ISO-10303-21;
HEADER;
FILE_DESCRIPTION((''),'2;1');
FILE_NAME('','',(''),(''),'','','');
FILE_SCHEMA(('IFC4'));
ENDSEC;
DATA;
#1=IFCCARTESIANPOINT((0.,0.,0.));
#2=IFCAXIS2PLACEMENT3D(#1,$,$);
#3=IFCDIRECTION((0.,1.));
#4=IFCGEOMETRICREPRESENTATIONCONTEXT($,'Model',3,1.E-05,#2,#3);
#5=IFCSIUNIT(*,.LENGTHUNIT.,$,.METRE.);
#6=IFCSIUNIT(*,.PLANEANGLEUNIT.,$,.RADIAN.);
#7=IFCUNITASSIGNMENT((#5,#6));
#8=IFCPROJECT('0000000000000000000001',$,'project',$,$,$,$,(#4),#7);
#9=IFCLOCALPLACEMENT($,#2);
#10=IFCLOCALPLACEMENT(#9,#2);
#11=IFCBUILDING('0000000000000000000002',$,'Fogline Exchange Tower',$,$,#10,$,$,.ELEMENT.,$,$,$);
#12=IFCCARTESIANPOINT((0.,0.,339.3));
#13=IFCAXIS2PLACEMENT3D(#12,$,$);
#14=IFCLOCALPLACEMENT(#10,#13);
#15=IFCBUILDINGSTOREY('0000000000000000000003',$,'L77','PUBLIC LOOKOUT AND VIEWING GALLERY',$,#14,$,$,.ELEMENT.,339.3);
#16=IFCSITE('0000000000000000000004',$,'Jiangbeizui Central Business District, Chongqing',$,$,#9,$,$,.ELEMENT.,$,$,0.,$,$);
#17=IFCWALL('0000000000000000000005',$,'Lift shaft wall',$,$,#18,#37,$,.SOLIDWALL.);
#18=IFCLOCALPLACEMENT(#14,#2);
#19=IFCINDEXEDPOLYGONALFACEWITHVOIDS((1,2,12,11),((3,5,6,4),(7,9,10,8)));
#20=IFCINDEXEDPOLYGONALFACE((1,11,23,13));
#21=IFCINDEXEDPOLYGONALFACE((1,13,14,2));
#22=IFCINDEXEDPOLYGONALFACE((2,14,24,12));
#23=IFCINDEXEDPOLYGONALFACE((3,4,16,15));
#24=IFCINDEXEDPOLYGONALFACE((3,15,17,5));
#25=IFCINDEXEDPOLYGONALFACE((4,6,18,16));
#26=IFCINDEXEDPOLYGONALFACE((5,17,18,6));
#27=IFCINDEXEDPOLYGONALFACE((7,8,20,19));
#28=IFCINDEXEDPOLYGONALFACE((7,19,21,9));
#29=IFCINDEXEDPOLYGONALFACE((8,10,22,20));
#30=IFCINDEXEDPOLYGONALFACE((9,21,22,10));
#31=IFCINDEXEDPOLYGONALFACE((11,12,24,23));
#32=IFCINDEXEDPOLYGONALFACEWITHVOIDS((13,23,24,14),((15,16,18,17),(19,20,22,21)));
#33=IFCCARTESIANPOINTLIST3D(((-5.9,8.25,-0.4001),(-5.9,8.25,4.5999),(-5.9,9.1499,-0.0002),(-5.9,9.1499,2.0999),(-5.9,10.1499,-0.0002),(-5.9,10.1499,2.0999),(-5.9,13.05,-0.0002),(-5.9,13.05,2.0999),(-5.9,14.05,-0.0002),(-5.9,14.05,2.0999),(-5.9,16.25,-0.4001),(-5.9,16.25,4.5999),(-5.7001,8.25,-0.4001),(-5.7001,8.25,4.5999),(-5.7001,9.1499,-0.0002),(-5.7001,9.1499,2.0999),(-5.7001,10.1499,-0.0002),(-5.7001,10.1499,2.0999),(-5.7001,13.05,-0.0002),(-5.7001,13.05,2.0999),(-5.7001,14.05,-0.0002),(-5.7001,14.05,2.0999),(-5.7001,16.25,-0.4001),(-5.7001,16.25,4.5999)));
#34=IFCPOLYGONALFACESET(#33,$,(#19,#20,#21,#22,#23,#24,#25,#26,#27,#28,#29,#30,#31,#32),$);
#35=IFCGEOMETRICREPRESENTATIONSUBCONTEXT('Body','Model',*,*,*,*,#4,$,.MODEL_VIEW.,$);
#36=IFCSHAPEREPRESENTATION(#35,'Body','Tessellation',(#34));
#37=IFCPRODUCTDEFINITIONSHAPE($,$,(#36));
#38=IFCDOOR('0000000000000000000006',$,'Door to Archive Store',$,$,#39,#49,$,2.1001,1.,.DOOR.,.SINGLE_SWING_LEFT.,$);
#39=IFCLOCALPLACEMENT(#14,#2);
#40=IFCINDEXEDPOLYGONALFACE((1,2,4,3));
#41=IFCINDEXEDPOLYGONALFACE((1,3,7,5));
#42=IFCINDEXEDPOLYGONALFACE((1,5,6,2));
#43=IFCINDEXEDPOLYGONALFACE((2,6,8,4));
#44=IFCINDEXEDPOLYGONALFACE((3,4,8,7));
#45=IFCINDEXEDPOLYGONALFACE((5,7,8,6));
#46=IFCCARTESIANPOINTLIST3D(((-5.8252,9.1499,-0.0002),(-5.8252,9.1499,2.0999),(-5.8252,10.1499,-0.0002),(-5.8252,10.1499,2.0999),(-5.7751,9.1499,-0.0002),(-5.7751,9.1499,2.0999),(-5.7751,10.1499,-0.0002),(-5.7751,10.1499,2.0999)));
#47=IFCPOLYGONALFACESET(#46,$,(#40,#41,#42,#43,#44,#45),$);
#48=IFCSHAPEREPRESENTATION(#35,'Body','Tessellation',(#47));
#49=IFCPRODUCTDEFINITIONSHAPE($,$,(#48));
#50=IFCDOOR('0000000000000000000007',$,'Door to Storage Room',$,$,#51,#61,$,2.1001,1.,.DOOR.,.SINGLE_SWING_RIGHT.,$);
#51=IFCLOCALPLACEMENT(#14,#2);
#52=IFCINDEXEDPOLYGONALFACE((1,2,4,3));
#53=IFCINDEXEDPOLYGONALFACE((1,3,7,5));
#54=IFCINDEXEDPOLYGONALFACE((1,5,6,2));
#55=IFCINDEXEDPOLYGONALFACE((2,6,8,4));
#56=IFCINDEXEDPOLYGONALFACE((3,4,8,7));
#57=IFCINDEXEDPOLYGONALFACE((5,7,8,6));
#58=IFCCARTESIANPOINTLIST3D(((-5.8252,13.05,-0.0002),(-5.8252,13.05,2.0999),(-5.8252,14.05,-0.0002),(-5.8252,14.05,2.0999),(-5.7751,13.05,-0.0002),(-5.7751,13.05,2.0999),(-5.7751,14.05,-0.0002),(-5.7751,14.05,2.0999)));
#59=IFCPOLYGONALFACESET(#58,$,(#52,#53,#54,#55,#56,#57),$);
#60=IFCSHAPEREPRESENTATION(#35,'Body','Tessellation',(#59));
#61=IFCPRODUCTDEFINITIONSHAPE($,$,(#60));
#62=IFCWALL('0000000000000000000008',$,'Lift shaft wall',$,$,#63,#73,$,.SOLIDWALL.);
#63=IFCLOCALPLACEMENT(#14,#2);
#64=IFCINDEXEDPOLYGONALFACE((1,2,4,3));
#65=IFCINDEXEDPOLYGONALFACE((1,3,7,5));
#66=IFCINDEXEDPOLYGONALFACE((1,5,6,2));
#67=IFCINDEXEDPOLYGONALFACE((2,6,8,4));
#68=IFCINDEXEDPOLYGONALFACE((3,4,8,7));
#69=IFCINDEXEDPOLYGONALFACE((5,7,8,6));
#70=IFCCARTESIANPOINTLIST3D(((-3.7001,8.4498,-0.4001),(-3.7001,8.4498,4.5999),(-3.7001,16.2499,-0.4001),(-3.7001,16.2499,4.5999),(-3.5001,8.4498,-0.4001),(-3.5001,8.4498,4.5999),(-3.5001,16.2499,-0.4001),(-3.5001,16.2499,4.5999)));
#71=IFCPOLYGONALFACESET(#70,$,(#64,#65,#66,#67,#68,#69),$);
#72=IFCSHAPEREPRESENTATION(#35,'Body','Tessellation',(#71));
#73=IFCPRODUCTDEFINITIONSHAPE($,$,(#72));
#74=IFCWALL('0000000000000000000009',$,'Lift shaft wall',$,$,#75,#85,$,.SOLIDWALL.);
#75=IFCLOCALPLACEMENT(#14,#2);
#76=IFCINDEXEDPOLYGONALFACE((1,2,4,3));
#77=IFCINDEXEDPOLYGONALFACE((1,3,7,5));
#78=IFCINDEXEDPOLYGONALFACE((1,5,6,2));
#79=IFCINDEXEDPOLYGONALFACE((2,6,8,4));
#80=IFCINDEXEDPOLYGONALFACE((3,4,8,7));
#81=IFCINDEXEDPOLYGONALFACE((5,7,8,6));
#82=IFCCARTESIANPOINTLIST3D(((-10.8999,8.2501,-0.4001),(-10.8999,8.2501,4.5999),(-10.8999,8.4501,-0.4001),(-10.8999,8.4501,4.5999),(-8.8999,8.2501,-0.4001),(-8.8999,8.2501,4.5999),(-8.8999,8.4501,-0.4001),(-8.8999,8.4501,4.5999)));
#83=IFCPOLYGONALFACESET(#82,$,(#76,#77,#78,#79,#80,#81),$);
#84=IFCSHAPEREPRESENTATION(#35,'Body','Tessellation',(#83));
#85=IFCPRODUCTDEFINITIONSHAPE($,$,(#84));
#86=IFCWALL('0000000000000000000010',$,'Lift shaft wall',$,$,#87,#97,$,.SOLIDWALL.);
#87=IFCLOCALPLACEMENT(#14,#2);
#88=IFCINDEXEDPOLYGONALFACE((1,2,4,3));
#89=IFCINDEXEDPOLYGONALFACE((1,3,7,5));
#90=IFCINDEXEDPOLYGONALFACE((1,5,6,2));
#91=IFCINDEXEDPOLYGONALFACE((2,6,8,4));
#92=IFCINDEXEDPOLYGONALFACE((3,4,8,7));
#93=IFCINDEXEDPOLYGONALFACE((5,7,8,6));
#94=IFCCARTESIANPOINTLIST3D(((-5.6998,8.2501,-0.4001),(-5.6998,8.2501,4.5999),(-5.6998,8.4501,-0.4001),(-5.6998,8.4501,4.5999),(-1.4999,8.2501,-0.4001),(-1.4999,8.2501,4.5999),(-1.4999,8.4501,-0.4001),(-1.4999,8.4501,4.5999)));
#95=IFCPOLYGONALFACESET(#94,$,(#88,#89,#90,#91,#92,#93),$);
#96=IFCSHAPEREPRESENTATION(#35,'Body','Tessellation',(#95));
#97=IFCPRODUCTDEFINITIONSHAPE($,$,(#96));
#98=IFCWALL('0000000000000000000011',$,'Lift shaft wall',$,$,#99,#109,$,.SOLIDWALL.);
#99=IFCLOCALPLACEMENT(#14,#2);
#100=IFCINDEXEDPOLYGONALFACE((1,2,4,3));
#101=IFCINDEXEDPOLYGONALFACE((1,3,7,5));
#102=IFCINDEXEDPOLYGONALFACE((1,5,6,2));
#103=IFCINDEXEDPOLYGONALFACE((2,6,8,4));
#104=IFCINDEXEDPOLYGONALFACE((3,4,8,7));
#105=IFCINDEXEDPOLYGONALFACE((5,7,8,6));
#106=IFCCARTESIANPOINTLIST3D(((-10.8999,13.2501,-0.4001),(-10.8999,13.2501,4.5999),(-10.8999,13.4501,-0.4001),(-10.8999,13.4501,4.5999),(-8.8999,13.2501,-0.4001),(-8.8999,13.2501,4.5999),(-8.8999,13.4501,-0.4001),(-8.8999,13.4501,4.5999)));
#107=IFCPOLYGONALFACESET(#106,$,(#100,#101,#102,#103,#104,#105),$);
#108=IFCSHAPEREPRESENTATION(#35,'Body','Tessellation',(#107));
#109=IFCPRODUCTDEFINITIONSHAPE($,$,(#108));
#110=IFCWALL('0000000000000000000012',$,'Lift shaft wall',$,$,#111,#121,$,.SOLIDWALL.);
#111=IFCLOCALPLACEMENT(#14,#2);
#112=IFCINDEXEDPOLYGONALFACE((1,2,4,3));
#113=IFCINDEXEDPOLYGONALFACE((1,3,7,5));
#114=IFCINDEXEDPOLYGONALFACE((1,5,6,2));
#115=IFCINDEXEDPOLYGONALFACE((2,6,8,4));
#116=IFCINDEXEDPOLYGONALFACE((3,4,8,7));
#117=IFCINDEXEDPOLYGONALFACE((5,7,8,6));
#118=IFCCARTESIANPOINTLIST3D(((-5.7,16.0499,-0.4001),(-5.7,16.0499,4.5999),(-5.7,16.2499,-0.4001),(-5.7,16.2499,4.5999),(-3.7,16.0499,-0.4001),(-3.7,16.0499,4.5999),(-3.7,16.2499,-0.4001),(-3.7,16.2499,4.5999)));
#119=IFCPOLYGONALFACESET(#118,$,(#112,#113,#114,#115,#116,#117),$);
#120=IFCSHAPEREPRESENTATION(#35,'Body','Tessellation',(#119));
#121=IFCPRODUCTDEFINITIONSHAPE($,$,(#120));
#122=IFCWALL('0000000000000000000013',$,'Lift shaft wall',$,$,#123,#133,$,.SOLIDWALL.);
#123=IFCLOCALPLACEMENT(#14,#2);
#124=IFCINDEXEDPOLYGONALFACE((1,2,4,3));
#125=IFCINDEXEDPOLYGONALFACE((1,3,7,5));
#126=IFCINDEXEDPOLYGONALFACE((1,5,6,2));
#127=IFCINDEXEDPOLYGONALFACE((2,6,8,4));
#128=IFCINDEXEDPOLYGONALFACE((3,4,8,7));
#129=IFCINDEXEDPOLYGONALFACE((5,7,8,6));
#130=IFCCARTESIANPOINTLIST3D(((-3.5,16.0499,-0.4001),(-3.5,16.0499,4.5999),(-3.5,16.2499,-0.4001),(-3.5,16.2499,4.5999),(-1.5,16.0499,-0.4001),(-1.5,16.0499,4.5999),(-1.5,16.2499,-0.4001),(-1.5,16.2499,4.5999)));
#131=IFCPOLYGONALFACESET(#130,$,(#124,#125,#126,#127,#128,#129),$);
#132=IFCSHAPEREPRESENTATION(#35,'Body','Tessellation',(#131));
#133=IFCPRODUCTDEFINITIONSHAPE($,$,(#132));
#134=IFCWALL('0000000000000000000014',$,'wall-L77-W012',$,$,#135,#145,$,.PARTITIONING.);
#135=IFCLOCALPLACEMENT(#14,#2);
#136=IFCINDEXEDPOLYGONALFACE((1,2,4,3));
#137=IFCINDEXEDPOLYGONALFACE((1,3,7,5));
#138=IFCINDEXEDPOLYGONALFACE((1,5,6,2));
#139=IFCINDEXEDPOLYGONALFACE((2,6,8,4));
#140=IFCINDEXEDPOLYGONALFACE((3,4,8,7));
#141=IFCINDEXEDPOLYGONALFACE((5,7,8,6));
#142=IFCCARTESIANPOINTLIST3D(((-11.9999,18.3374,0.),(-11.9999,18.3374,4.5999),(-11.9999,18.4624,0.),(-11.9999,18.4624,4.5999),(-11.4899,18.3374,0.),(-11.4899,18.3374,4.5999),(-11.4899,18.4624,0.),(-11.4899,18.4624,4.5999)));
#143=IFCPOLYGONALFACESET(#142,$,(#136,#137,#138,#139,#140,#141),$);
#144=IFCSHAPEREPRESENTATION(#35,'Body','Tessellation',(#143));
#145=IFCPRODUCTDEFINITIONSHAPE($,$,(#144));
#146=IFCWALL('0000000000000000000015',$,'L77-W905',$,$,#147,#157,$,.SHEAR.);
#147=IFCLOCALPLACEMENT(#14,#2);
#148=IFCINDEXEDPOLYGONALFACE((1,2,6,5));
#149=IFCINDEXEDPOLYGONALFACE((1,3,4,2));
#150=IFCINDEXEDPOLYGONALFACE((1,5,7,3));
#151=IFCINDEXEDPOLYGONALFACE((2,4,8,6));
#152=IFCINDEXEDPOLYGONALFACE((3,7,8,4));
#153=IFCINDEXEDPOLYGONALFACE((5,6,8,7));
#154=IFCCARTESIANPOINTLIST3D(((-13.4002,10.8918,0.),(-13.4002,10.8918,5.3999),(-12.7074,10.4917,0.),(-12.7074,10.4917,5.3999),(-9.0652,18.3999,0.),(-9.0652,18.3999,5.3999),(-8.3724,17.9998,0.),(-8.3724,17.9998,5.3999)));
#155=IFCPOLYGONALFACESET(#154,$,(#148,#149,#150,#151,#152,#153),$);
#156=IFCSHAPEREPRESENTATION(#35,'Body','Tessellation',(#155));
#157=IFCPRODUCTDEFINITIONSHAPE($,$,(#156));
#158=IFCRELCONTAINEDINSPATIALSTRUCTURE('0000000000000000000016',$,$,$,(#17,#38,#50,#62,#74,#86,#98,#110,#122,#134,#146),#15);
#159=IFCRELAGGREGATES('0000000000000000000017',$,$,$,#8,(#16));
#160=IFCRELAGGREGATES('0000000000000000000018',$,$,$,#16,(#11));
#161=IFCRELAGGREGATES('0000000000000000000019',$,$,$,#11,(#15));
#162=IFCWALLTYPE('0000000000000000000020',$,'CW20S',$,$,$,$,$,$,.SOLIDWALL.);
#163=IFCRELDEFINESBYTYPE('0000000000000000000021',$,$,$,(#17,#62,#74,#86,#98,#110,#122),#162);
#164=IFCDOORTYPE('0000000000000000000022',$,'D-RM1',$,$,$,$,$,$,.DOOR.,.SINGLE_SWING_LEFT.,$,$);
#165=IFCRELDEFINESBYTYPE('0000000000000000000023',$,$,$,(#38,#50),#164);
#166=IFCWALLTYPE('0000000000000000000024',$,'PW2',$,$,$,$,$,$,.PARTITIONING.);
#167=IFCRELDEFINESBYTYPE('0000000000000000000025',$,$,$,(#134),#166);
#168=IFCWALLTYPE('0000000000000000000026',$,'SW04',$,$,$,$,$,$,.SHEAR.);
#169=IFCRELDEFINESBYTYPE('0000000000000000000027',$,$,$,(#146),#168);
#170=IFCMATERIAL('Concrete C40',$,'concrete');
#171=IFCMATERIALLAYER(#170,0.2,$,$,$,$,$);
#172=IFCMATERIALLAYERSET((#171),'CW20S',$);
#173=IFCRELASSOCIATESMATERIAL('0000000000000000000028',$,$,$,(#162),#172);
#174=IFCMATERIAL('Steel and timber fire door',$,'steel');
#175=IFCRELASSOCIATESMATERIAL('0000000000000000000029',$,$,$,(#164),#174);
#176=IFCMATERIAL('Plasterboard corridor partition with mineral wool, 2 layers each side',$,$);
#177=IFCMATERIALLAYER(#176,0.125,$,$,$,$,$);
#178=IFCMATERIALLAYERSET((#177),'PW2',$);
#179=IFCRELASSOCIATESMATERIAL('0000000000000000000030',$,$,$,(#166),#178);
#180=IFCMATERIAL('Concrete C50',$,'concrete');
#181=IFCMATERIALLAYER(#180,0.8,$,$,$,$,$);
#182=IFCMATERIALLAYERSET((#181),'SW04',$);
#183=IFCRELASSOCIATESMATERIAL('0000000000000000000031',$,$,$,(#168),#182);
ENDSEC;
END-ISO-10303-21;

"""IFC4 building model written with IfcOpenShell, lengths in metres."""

from ifc_helpers import new_model, si_unit, direction, frame, frame_2d, origin, place, context, subcontext, project, spatial, rectangle, extrude, material, layer, layer_set, type_object, element, fill, save


model = new_model("IFC4")

# Units and contexts
model_context = context("Model", 3, precision=1e-05, world=origin(), true_north=direction((0.0, 1.0)))
body_context = subcontext(model_context, "Body", "Model", "MODEL_VIEW")
ifc_project = project(units=[si_unit("LENGTHUNIT", "METRE"), si_unit("PLANEANGLEUNIT", "RADIAN")], contexts=[model_context])

# Site, building, storey
site_placement = place(None, origin())
site = spatial("IfcSite", under=ifc_project, at=site_placement, Name="Jiangbeizui Central Business District, Chongqing", CompositionType="ELEMENT", RefElevation=0.0)
building_placement = place(site_placement, origin())
building = spatial("IfcBuilding", under=site, at=building_placement, Name="Fogline Exchange Tower", CompositionType="ELEMENT")
storey_placement = place(building_placement, frame((0.0, 0.0, 339.3)))
storey = spatial("IfcBuildingStorey", under=building, at=storey_placement, Name="L77", Description="PUBLIC LOOKOUT AND VIEWING GALLERY", CompositionType="ELEMENT", Elevation=339.3)

# Shared definitions
ifc_material_1 = material(Name="Concrete C40", Category="concrete")

# Shared definitions
ifc_material_2 = material(Name="Steel and timber fire door", Category="steel")

# Wall, openings, doors
ifc_layer_1 = layer(ifc_material_1, 0.2)
ifc_layer_set_1 = layer_set([ifc_layer_1], Name="CW20S")
wall_type_1 = type_object("IfcWallType", Name="CW20S", PredefinedType="SOLIDWALL", material=ifc_layer_set_1)
door_type_1 = type_object("IfcDoorType", Name="D-RM1", OperationType="SINGLE_SWING_LEFT", PredefinedType="DOOR", material=ifc_material_2)
wall_1_placement = place(storey_placement, frame((-5.8, 8.25, -0.4001), z_axis=(0.0, 0.0, 1.0), x_axis=(0.0, 1.0, 0.0)))
wall_1 = element("IfcWall", 1, at=wall_1_placement, inside=storey, type_object=wall_type_1, Name="Lift shaft wall", PredefinedType="SOLIDWALL", context=body_context, shape_type="SweptSolid", body=[
    extrude(rectangle(XDim=8.0, YDim=0.2, at=frame_2d((4.0, 0.0))), origin(), (0.0, 0.0, 1.0), 5.0),
])
opening_1_placement = place(wall_1_placement, frame((0.8999, 0.0, 0.3999)))
opening_1 = element("IfcOpeningElement", 2, at=opening_1_placement, cuts=wall_1, PredefinedType="OPENING", context=body_context, shape_type="SweptSolid", body=[
    extrude(rectangle(XDim=1.0, YDim=2.1001, at=frame_2d((0.5, 1.05))), frame((0.0, 0.1099, 0.0), z_axis=(0.0, -1.0, 0.0), x_axis=(1.0, 0.0, 0.0)), (0.0, 0.0, 1.0), 0.22),
])
opening_2_placement = place(wall_1_placement, frame((4.8, 0.0, 0.3999)))
opening_2 = element("IfcOpeningElement", 3, at=opening_2_placement, cuts=wall_1, PredefinedType="OPENING", context=body_context, shape_type="SweptSolid", body=[
    extrude(rectangle(XDim=1.0, YDim=2.1001, at=frame_2d((0.5, 1.05))), frame((0.0, 0.1099, 0.0), z_axis=(0.0, -1.0, 0.0), x_axis=(1.0, 0.0, 0.0)), (0.0, 0.0, 1.0), 0.22),
])
door_1_placement = place(opening_1_placement, frame((1.0, 0.0, 0.0), z_axis=(0.0, 0.0, 1.0), x_axis=(-1.0, 0.0, 0.0)))
door_1 = element("IfcDoor", 4, at=door_1_placement, inside=storey, type_object=door_type_1, Name="Door to Archive Store", OperationType="SINGLE_SWING_LEFT", OverallHeight=2.1001, OverallWidth=1.0, PredefinedType="DOOR", context=body_context, shape_type="SweptSolid", body=[
    extrude(rectangle(XDim=1.0, YDim=2.1001, at=frame_2d((0.5, 1.05))), frame((0.0, 0.0249, 0.0), z_axis=(0.0, -1.0, 0.0), x_axis=(1.0, 0.0, 0.0)), (0.0, 0.0, 1.0), 0.05),
])
fill(opening_1, door_1)
door_2_placement = place(opening_2_placement, frame((1.0, 0.0, 0.0), z_axis=(0.0, 0.0, 1.0), x_axis=(-1.0, 0.0, 0.0)))
door_2 = element("IfcDoor", 5, at=door_2_placement, inside=storey, type_object=door_type_1, Name="Door to Storage Room", OperationType="SINGLE_SWING_RIGHT", OverallHeight=2.1001, OverallWidth=1.0, PredefinedType="DOOR", context=body_context, shape_type="SweptSolid", body=[
    extrude(rectangle(XDim=1.0, YDim=2.1001, at=frame_2d((0.5, 1.05))), frame((0.0, 0.0249, 0.0), z_axis=(0.0, -1.0, 0.0), x_axis=(1.0, 0.0, 0.0)), (0.0, 0.0, 1.0), 0.05),
])
fill(opening_2, door_2)

# Walls
wall_2_placement = place(storey_placement, frame((-3.6001, 8.45, -0.4001), z_axis=(0.0, 0.0, 1.0), x_axis=(0.0, 1.0, 0.0)))
element("IfcWall", 6, at=wall_2_placement, inside=storey, type_object=wall_type_1, Name="Lift shaft wall", PredefinedType="SOLIDWALL", context=body_context, shape_type="SweptSolid", body=[
    extrude(rectangle(XDim=7.8, YDim=0.2, at=frame_2d((3.8999, 0.0))), origin(), (0.0, 0.0, 1.0), 5.0),
])
wall_3_placement = place(storey_placement, frame((-10.8999, 8.3501, -0.4001), z_axis=(0.0, 0.0, 1.0), x_axis=(1.0, 0.0, 0.0)))
element("IfcWall", 7, at=wall_3_placement, inside=storey, type_object=wall_type_1, Name="Lift shaft wall", PredefinedType="SOLIDWALL", context=body_context, shape_type="SweptSolid", body=[
    extrude(rectangle(XDim=2.0, YDim=0.2, at=frame_2d((1.0, 0.0))), origin(), (0.0, 0.0, 1.0), 5.0),
])
wall_4_placement = place(storey_placement, frame((-5.7, 8.3501, -0.4001), z_axis=(0.0, 0.0, 1.0), x_axis=(1.0, 0.0, 0.0)))
element("IfcWall", 8, at=wall_4_placement, inside=storey, type_object=wall_type_1, Name="Lift shaft wall", PredefinedType="SOLIDWALL", context=body_context, shape_type="SweptSolid", body=[
    extrude(rectangle(XDim=4.2, YDim=0.2, at=frame_2d((2.1001, 0.0))), origin(), (0.0, 0.0, 1.0), 5.0),
])
for number, where, z_axis, x_axis, name in (
    (9, (-10.8999, 13.3501, -0.4001), (0.0, 0.0, 1.0), (1.0, 0.0, 0.0), "Lift shaft wall"),
    (10, (-5.7, 16.1499, -0.4001), (0.0, 0.0, 1.0), (1.0, 0.0, 0.0), "Lift shaft wall"),
    (11, (-3.5, 16.1499, -0.4001), (0.0, 0.0, 1.0), (1.0, 0.0, 0.0), "Lift shaft wall"),
):
    element("IfcWall", number, at=place(storey_placement, frame(where, z_axis=z_axis, x_axis=x_axis)), inside=storey, type_object=wall_type_1, Name=name, PredefinedType="SOLIDWALL", context=body_context, shape_type="SweptSolid", body=[
        extrude(rectangle(XDim=2.0, YDim=0.2, at=frame_2d((1.0, 0.0))), origin(), (0.0, 0.0, 1.0), 5.0),
    ])
ifc_material_3 = material(Name="Plasterboard corridor partition with mineral wool, 2 layers each side")
ifc_layer_2 = layer(ifc_material_3, 0.125)
ifc_layer_set_2 = layer_set([ifc_layer_2], Name="PW2")
wall_type_2 = type_object("IfcWallType", Name="PW2", PredefinedType="PARTITIONING", material=ifc_layer_set_2)
wall_5_placement = place(storey_placement, frame((-11.49, 18.3999, 0.0), z_axis=(0.0, 0.0, 1.0), x_axis=(-1.0, 0.0, 0.0)))
element("IfcWall", 12, at=wall_5_placement, inside=storey, type_object=wall_type_2, Name="wall-L77-W012", PredefinedType="PARTITIONING", context=body_context, shape_type="SweptSolid", body=[
    extrude(rectangle(XDim=0.51, YDim=0.125, at=frame_2d((0.2549, 0.0))), origin(), (0.0, 0.0, 1.0), 4.5999),
])
ifc_material_4 = material(Name="Concrete C50", Category="concrete")
ifc_layer_3 = layer(ifc_material_4, 0.8)
ifc_layer_set_3 = layer_set([ifc_layer_3], Name="SW04")
wall_type_3 = type_object("IfcWallType", Name="SW04", PredefinedType="SHEAR", material=ifc_layer_set_3)
wall_6_placement = place(storey_placement, frame((-8.7188, 18.2, 0.0), z_axis=(0.0, 0.0, 1.0), x_axis=(-0.500016, -0.866016, 0.0)))
element("IfcWall", 13, at=wall_6_placement, inside=storey, type_object=wall_type_3, Name="L77-W905", PredefinedType="SHEAR", context=body_context, shape_type="SweptSolid", body=[
    extrude(rectangle(XDim=8.6697, YDim=0.8, at=frame_2d((4.335, 0.0))), origin(), (0.0, 0.0, 1.0), 5.3999),
])

save(model, "model.ifc")
